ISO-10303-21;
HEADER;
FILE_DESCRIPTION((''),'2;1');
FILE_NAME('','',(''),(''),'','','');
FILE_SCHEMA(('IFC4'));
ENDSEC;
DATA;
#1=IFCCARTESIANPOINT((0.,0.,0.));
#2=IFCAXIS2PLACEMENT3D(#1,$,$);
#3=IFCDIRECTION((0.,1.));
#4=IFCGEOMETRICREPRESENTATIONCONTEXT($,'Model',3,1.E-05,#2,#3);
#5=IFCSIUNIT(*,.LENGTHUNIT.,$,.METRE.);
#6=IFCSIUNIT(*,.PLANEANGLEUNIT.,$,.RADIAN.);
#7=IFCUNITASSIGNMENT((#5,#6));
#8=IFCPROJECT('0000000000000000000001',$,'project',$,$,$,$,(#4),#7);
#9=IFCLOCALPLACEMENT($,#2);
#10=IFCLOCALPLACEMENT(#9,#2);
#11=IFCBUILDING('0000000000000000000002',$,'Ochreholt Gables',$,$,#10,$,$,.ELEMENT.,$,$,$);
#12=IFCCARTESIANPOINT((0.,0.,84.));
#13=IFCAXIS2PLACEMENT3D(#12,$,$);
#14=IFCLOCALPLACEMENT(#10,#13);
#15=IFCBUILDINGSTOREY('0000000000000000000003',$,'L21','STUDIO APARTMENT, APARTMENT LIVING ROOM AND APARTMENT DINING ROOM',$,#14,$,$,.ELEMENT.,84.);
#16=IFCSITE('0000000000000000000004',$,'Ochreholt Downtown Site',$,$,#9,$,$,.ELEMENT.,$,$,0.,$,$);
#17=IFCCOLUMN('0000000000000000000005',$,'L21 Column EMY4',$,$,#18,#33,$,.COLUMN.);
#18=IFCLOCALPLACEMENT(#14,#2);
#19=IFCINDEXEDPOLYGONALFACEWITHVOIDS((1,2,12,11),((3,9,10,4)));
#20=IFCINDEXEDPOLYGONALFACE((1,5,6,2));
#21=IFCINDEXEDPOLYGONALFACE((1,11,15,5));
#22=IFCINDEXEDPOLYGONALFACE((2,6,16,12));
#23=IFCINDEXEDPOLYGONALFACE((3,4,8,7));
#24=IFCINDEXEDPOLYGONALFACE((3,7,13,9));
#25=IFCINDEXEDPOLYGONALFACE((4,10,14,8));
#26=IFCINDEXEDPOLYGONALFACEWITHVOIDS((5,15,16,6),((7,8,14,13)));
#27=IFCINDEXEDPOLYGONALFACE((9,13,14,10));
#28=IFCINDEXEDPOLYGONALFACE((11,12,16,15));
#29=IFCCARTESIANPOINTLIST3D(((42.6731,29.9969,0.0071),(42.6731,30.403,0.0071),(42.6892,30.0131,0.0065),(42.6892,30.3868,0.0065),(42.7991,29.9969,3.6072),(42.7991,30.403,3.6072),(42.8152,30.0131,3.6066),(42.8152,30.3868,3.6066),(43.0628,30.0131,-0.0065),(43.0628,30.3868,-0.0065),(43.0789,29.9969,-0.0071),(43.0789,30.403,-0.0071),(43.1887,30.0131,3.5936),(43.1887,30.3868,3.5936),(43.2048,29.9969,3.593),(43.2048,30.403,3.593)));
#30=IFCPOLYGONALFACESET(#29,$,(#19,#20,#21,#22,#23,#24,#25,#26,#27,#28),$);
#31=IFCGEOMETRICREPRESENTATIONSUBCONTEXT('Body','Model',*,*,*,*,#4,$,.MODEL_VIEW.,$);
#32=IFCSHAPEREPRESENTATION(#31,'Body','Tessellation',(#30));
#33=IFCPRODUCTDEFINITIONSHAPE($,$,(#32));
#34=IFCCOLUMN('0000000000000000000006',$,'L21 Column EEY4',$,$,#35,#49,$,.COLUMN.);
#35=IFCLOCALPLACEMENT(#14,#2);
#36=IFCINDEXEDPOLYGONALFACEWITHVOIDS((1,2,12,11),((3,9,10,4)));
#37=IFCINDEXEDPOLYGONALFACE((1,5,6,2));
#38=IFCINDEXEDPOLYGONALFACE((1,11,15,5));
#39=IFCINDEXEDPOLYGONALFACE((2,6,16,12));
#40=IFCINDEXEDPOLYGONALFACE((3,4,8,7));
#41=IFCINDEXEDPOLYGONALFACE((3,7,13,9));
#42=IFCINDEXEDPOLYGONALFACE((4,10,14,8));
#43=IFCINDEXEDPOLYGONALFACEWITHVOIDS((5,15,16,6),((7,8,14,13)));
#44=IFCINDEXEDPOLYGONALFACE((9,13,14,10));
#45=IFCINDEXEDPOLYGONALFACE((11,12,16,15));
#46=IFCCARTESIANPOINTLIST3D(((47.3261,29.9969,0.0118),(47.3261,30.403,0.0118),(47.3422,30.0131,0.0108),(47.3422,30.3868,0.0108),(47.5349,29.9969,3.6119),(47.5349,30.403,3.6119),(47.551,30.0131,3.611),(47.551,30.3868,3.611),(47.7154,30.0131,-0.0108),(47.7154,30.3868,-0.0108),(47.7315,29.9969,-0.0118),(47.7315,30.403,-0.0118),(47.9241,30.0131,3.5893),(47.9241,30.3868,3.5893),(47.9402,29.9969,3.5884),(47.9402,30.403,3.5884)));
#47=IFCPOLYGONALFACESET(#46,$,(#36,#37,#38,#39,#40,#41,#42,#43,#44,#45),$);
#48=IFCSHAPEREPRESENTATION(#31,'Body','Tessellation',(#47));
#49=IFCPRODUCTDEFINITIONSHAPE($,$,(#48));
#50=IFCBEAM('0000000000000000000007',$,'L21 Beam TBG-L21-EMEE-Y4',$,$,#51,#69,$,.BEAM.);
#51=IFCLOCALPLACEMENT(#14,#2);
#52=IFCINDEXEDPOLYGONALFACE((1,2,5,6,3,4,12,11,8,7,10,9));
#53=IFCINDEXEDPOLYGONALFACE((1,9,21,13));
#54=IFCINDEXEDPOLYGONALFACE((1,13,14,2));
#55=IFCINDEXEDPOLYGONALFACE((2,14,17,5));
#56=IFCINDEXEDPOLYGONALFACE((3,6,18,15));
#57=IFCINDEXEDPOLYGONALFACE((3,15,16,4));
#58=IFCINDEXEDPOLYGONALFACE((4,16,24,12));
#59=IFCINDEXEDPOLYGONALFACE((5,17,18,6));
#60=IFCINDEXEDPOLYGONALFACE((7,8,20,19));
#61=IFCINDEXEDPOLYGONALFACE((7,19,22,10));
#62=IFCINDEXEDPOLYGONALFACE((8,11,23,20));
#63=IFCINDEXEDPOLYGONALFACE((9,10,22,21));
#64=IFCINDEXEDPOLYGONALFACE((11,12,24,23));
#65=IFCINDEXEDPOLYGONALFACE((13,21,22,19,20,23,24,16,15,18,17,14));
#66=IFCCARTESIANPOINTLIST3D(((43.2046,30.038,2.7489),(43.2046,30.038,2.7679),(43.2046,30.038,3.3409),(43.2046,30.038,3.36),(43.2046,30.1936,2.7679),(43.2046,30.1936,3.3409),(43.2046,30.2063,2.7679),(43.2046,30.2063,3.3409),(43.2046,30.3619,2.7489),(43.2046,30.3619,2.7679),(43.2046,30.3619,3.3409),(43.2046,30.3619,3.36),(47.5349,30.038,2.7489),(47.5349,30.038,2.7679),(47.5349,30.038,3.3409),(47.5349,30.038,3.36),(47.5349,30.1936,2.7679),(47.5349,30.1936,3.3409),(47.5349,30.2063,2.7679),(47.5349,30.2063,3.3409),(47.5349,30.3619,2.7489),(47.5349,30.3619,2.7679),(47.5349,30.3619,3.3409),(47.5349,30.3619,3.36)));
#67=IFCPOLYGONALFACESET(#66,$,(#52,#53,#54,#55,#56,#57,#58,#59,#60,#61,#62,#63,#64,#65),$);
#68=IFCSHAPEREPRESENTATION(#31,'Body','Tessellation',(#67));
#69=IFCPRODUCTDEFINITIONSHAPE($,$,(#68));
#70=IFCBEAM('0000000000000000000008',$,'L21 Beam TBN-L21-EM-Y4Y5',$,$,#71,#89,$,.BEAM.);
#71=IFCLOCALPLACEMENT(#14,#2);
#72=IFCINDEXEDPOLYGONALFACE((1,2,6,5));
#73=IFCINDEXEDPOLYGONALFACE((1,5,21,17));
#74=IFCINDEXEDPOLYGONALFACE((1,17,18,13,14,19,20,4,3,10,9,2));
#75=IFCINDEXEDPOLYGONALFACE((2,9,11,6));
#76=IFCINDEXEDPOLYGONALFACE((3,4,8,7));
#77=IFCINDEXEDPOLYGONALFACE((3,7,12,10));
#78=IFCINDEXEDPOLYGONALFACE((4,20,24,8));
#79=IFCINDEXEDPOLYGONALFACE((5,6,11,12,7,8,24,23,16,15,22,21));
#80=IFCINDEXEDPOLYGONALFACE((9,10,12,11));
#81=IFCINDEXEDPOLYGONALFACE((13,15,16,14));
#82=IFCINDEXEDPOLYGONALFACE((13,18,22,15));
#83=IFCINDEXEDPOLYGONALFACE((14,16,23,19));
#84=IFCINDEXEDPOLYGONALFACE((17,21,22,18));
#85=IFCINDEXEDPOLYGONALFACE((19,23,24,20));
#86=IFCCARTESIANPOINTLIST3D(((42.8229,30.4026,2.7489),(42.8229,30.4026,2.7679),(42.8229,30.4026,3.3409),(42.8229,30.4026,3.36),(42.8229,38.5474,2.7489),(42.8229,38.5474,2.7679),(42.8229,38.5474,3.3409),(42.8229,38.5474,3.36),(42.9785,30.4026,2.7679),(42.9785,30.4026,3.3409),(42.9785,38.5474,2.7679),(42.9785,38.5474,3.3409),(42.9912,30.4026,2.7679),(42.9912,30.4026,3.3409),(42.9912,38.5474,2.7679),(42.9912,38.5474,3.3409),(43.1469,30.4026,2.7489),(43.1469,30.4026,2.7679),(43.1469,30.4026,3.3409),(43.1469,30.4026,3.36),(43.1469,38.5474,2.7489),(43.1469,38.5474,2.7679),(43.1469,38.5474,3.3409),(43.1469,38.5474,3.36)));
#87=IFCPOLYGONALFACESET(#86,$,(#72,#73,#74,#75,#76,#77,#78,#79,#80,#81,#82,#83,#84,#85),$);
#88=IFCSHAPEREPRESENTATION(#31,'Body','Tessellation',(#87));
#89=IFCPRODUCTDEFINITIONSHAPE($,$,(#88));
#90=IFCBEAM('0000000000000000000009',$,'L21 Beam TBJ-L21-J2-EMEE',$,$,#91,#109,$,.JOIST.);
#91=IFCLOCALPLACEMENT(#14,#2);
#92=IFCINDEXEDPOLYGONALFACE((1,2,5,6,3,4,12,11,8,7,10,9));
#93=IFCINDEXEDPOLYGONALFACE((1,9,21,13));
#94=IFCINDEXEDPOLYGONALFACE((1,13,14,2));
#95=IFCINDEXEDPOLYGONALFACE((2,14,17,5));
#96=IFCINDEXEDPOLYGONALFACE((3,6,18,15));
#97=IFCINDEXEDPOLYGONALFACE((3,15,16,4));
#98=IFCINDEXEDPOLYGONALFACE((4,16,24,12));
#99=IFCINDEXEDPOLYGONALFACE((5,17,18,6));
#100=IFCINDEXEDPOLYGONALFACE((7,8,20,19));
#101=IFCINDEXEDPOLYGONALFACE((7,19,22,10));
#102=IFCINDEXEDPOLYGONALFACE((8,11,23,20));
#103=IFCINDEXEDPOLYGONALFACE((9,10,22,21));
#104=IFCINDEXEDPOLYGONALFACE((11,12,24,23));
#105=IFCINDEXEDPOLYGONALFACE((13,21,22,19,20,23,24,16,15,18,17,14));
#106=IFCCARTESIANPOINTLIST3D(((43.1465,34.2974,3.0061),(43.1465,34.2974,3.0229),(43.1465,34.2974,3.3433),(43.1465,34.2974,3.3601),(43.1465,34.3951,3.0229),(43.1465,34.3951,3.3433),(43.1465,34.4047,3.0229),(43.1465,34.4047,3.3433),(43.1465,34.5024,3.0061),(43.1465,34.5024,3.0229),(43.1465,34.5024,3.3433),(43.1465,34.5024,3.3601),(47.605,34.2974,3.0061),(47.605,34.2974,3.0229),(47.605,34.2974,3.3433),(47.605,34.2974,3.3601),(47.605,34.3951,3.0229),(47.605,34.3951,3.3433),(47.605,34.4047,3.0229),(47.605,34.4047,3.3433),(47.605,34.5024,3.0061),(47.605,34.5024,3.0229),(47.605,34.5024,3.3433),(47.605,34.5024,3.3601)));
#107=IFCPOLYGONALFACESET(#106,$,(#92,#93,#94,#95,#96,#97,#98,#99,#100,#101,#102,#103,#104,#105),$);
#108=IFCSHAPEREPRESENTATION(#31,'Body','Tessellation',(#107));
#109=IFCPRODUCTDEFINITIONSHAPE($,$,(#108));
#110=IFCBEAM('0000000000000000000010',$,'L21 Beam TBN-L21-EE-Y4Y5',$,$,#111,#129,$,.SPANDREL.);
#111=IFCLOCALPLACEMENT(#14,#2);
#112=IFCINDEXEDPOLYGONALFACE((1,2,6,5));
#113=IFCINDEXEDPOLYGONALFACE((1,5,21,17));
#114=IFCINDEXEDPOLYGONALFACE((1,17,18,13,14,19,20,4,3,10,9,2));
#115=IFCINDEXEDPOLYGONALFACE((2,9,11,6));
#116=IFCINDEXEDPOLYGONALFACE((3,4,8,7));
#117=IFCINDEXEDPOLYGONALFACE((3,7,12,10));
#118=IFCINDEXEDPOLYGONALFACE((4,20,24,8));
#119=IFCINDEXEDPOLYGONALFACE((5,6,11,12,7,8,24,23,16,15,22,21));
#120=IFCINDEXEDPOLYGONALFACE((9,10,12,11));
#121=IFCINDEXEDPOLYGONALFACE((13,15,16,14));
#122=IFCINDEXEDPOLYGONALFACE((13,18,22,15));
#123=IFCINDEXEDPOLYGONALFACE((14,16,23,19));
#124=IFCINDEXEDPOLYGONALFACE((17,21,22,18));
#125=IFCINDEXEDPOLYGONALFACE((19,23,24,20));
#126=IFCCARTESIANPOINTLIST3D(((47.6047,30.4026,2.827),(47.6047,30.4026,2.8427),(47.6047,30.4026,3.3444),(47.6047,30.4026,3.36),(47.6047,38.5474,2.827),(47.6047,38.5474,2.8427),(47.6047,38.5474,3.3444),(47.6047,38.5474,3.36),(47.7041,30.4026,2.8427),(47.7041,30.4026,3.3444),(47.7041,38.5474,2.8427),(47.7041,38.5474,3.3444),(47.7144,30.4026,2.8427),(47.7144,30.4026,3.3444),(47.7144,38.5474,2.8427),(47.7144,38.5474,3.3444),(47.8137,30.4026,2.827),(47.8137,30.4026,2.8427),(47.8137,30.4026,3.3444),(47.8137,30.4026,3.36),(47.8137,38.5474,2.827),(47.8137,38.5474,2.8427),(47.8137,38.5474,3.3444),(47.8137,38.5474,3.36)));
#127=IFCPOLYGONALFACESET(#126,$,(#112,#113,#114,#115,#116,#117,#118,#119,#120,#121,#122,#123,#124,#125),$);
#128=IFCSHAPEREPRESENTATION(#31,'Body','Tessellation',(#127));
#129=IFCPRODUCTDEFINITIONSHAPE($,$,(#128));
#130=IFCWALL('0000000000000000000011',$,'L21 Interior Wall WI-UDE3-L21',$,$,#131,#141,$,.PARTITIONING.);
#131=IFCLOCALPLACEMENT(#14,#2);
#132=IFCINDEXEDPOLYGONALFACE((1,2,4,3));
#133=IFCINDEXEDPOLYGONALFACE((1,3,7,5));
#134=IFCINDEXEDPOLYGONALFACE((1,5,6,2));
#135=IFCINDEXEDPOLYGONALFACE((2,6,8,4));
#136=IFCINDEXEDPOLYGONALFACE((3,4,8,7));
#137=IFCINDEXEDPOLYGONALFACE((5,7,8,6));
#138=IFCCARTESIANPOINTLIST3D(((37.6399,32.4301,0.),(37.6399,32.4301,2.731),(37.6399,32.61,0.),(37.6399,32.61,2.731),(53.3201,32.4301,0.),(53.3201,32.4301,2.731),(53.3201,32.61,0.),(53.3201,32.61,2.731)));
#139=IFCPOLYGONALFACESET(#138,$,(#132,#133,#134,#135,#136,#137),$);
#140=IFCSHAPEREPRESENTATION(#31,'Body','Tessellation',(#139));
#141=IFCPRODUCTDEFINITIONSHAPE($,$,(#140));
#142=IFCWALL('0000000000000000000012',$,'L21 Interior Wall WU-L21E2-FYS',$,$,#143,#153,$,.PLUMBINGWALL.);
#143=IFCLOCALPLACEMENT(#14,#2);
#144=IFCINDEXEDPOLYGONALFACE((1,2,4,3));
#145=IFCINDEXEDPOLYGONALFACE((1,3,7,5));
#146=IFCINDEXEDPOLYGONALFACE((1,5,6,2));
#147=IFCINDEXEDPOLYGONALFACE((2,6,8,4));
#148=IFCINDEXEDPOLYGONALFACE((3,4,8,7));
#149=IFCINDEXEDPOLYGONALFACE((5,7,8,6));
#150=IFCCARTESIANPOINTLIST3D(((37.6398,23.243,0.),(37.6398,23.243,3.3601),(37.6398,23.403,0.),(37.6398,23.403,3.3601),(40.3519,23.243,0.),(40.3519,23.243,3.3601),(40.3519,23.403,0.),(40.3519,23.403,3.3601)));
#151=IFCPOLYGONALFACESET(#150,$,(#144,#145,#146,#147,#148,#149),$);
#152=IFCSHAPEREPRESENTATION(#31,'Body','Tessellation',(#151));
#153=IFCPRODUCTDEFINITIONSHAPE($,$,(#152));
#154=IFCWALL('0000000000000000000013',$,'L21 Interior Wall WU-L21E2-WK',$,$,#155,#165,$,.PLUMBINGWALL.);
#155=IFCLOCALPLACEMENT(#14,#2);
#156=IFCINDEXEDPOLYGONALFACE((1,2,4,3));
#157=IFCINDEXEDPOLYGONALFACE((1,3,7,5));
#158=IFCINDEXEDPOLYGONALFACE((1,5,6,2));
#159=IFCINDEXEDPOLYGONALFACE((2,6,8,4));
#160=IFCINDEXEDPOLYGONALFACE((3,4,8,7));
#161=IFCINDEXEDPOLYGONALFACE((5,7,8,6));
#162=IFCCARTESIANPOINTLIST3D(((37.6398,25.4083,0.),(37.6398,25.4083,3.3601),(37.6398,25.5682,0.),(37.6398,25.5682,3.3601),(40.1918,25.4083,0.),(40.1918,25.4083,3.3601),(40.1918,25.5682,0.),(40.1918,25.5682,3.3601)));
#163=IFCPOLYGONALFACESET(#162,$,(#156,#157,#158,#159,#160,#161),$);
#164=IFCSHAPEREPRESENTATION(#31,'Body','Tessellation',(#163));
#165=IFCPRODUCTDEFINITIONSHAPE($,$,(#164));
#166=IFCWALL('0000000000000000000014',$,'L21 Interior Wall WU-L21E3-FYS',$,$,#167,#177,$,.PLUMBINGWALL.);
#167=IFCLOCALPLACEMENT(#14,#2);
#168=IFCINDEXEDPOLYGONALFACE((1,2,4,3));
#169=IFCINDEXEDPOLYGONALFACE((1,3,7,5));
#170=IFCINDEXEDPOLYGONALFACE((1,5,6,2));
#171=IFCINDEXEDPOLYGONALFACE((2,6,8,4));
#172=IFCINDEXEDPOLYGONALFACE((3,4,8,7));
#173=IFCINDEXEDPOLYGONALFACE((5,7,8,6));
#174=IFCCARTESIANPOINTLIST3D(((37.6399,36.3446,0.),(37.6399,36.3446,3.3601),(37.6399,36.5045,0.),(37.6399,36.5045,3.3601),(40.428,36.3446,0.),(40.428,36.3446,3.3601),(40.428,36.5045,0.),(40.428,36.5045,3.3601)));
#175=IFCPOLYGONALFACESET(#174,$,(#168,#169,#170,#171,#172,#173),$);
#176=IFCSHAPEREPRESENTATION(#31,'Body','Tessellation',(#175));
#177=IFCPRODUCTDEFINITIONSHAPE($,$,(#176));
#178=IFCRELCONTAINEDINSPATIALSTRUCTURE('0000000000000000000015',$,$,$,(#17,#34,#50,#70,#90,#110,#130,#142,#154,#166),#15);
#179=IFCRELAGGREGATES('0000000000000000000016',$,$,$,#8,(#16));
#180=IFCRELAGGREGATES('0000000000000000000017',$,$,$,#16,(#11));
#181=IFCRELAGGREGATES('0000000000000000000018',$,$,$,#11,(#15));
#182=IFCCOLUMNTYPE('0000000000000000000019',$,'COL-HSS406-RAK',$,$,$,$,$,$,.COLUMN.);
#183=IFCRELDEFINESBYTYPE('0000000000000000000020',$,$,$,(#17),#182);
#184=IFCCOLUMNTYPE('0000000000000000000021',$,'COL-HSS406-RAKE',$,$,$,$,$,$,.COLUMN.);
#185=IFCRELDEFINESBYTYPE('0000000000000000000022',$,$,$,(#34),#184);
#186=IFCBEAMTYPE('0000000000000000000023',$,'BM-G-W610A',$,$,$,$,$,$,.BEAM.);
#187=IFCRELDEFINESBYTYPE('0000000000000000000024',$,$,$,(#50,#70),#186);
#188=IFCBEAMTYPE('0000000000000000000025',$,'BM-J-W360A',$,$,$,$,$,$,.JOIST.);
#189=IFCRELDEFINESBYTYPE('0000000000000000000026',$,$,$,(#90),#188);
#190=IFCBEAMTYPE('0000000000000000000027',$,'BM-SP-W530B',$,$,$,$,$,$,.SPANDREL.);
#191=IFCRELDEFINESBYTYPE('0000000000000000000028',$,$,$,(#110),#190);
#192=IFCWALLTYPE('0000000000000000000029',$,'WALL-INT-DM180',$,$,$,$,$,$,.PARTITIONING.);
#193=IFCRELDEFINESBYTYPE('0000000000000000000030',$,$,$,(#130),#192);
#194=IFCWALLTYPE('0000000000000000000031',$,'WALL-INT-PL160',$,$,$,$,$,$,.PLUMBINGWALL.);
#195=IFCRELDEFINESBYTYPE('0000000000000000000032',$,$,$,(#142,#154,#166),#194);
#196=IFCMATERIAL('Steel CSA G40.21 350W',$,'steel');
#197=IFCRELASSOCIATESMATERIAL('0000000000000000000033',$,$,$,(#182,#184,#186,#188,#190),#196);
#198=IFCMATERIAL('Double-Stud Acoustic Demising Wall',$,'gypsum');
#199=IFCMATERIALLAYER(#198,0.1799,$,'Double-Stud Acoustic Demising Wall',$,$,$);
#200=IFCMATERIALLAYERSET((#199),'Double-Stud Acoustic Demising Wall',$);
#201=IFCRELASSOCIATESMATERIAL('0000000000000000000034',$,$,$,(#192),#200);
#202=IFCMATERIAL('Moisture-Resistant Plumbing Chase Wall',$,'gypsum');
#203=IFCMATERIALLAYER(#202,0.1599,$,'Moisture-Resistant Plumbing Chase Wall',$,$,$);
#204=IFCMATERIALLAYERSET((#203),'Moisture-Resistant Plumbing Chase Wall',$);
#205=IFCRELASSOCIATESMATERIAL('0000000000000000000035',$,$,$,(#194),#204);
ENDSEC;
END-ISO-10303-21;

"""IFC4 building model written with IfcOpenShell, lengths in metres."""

from ifc_helpers import new_model, si_unit, direction, frame, frame_2d, origin, origin_2d, place, context, subcontext, project, spatial, rectangle, hollow_rectangle, i_section, extrude, material, layer, layer_set, material_profile, profile_set, type_object, element, save


model = new_model("IFC4")

# Units and contexts
model_context = context("Model", 3, precision=1e-05, world=origin(), true_north=direction((0.0, 1.0)))
body_context = subcontext(model_context, "Body", "Model", "MODEL_VIEW")
ifc_project = project(units=[si_unit("LENGTHUNIT", "METRE"), si_unit("PLANEANGLEUNIT", "RADIAN")], contexts=[model_context])

# Site, building, storey
site_placement = place(None, origin())
site = spatial("IfcSite", under=ifc_project, at=site_placement, Name="Ochreholt Downtown Site", CompositionType="ELEMENT", RefElevation=0.0)
building_placement = place(site_placement, origin())
building = spatial("IfcBuilding", under=site, at=building_placement, Name="Ochreholt Gables", CompositionType="ELEMENT")
storey_placement = place(building_placement, frame((0.0, 0.0, 84.0)))
storey = spatial("IfcBuildingStorey", under=building, at=storey_placement, Name="L21", Description="STUDIO APARTMENT, APARTMENT LIVING ROOM AND APARTMENT DINING ROOM", CompositionType="ELEMENT", Elevation=84.0)

# Columns
ifc_material_1 = material(Name="Steel CSA G40.21 350W", Category="steel")
ifc_material_profile_1 = material_profile(ifc_material_1, hollow_rectangle(XDim=0.406, YDim=0.406, WallThickness=0.0161, at=origin_2d()), Name="HSS406X406X16")
ifc_profile_set_1 = profile_set([ifc_material_profile_1], Name="Steel CSA G40.21 350W")
column_type_1 = type_object("IfcColumnType", Name="COL-HSS406-RAK", PredefinedType="COLUMN", material=ifc_profile_set_1)
column_1_placement = place(storey_placement, frame((42.876, 30.2, 0.0), z_axis=(0.034971, 0.0, 0.999388), x_axis=(0.0, 1.0, 0.0)))
element("IfcColumn", 1, at=column_1_placement, inside=storey, type_object=column_type_1, Name="L21 Column EMY4", PredefinedType="COLUMN", context=body_context, shape_type="SweptSolid", body=[
    extrude(hollow_rectangle(XDim=0.406, YDim=0.406, WallThickness=0.0161, at=origin_2d()), origin(), (0.0, 0.0, 1.0), 3.6023),
])
ifc_material_profile_2 = material_profile(ifc_material_1, hollow_rectangle(XDim=0.406, YDim=0.406, WallThickness=0.0161, at=origin_2d()), Name="HSS406X406X16")
ifc_profile_set_2 = profile_set([ifc_material_profile_2], Name="Steel CSA G40.21 350W")
column_type_2 = type_object("IfcColumnType", Name="COL-HSS406-RAKE", PredefinedType="COLUMN", material=ifc_profile_set_2)
column_2_placement = place(storey_placement, frame((47.5288, 30.2, 0.0), z_axis=(0.057885, 0.0, 0.998323), x_axis=(0.0, 1.0, 0.0)))
element("IfcColumn", 2, at=column_2_placement, inside=storey, type_object=column_type_2, Name="L21 Column EEY4", PredefinedType="COLUMN", context=body_context, shape_type="SweptSolid", body=[
    extrude(hollow_rectangle(XDim=0.406, YDim=0.406, WallThickness=0.0161, at=origin_2d()), origin(), (0.0, 0.0, 1.0), 3.6062),
])

# Beams
ifc_material_profile_3 = material_profile(ifc_material_1, i_section(OverallWidth=0.324, OverallDepth=0.6111, WebThickness=0.0127, FlangeThickness=0.019, at=origin_2d()), Name="W610X155")
ifc_profile_set_3 = profile_set([ifc_material_profile_3], Name="Steel CSA G40.21 350W")
beam_type_1 = type_object("IfcBeamType", Name="BM-G-W610A", PredefinedType="BEAM", material=ifc_profile_set_3)
beam_1_placement = place(storey_placement, frame((43.2046, 30.2, 3.0544), z_axis=(1.0, 0.0, 0.0), x_axis=(0.0, 1.0, 0.0)))
element("IfcBeam", 3, at=beam_1_placement, inside=storey, type_object=beam_type_1, Name="L21 Beam TBG-L21-EMEE-Y4", PredefinedType="BEAM", context=body_context, shape_type="SweptSolid", body=[
    extrude(i_section(OverallWidth=0.324, OverallDepth=0.6111, WebThickness=0.0127, FlangeThickness=0.019, at=origin_2d()), origin(), (0.0, 0.0, 1.0), 4.3303),
])
beam_2_placement = place(storey_placement, frame((42.9849, 30.4026, 3.0544), z_axis=(0.0, 1.0, 0.0), x_axis=(-1.0, 0.0, 0.0)))
element("IfcBeam", 4, at=beam_2_placement, inside=storey, type_object=beam_type_1, Name="L21 Beam TBN-L21-EM-Y4Y5", PredefinedType="BEAM", context=body_context, shape_type="SweptSolid", body=[
    extrude(i_section(OverallWidth=0.324, OverallDepth=0.6111, WebThickness=0.0127, FlangeThickness=0.019, at=origin_2d()), origin(), (0.0, 0.0, 1.0), 8.1448),
])
ifc_material_profile_4 = material_profile(ifc_material_1, i_section(OverallWidth=0.2051, OverallDepth=0.354, WebThickness=0.0095, FlangeThickness=0.0168, at=origin_2d()), Name="W360X79")
ifc_profile_set_4 = profile_set([ifc_material_profile_4], Name="Steel CSA G40.21 350W")
beam_type_2 = type_object("IfcBeamType", Name="BM-J-W360A", PredefinedType="JOIST", material=ifc_profile_set_4)
beam_3_placement = place(storey_placement, frame((43.1465, 34.3999, 3.1831), z_axis=(1.0, 0.0, 0.0), x_axis=(0.0, 1.0, 0.0)))
element("IfcBeam", 5, at=beam_3_placement, inside=storey, type_object=beam_type_2, Name="L21 Beam TBJ-L21-J2-EMEE", PredefinedType="JOIST", context=body_context, shape_type="SweptSolid", body=[
    extrude(i_section(OverallWidth=0.2051, OverallDepth=0.354, WebThickness=0.0095, FlangeThickness=0.0168, at=origin_2d()), origin(), (0.0, 0.0, 1.0), 4.4585),
])
ifc_material_profile_5 = material_profile(ifc_material_1, i_section(OverallWidth=0.209, OverallDepth=0.533, WebThickness=0.0103, FlangeThickness=0.0156, at=origin_2d()), Name="W530X92")
ifc_profile_set_5 = profile_set([ifc_material_profile_5], Name="Steel CSA G40.21 350W")
beam_type_3 = type_object("IfcBeamType", Name="BM-SP-W530B", PredefinedType="SPANDREL", material=ifc_profile_set_5)
beam_4_placement = place(storey_placement, frame((47.7092, 30.4026, 3.0935), z_axis=(0.0, 1.0, 0.0), x_axis=(-1.0, 0.0, 0.0)))
element("IfcBeam", 6, at=beam_4_placement, inside=storey, type_object=beam_type_3, Name="L21 Beam TBN-L21-EE-Y4Y5", PredefinedType="SPANDREL", context=body_context, shape_type="SweptSolid", body=[
    extrude(i_section(OverallWidth=0.209, OverallDepth=0.533, WebThickness=0.0103, FlangeThickness=0.0156, at=origin_2d()), origin(), (0.0, 0.0, 1.0), 8.1448),
])

# Walls
ifc_material_2 = material(Name="Double-Stud Acoustic Demising Wall", Category="gypsum")
ifc_layer_1 = layer(ifc_material_2, 0.1799, Name="Double-Stud Acoustic Demising Wall")
ifc_layer_set_1 = layer_set([ifc_layer_1], Name="Double-Stud Acoustic Demising Wall")
wall_type_1 = type_object("IfcWallType", Name="WALL-INT-DM180", PredefinedType="PARTITIONING", material=ifc_layer_set_1)
wall_1_placement = place(storey_placement, frame((37.6399, 32.52, 0.0), z_axis=(0.0, 0.0, 1.0), x_axis=(1.0, 0.0, 0.0)))
element("IfcWall", 7, at=wall_1_placement, inside=storey, type_object=wall_type_1, Name="L21 Interior Wall WI-UDE3-L21", PredefinedType="PARTITIONING", context=body_context, shape_type="SweptSolid", body=[
    extrude(rectangle(XDim=15.6802, YDim=0.1799, at=frame_2d((7.8401, 0.0))), origin(), (0.0, 0.0, 1.0), 2.731),
])
ifc_material_3 = material(Name="Moisture-Resistant Plumbing Chase Wall", Category="gypsum")
ifc_layer_2 = layer(ifc_material_3, 0.1599, Name="Moisture-Resistant Plumbing Chase Wall")
ifc_layer_set_2 = layer_set([ifc_layer_2], Name="Moisture-Resistant Plumbing Chase Wall")
wall_type_2 = type_object("IfcWallType", Name="WALL-INT-PL160", PredefinedType="PLUMBINGWALL", material=ifc_layer_set_2)
wall_2_placement = place(storey_placement, frame((37.6399, 23.323, 0.0), z_axis=(0.0, 0.0, 1.0), x_axis=(1.0, 0.0, 0.0)))
element("IfcWall", 8, at=wall_2_placement, inside=storey, type_object=wall_type_2, Name="L21 Interior Wall WU-L21E2-FYS", PredefinedType="PLUMBINGWALL", context=body_context, shape_type="SweptSolid", body=[
    extrude(rectangle(XDim=2.7122, YDim=0.1599, at=frame_2d((1.356, 0.0))), origin(), (0.0, 0.0, 1.0), 3.3601),
])

# Walls
wall_3_placement = place(storey_placement, frame((37.6399, 25.4883, 0.0), z_axis=(0.0, 0.0, 1.0), x_axis=(1.0, 0.0, 0.0)))
element("IfcWall", 9, at=wall_3_placement, inside=storey, type_object=wall_type_2, Name="L21 Interior Wall WU-L21E2-WK", PredefinedType="PLUMBINGWALL", context=body_context, shape_type="SweptSolid", body=[
    extrude(rectangle(XDim=2.552, YDim=0.1599, at=frame_2d((1.2759, 0.0))), origin(), (0.0, 0.0, 1.0), 3.3601),
])
wall_4_placement = place(storey_placement, frame((37.6399, 36.4246, 0.0), z_axis=(0.0, 0.0, 1.0), x_axis=(1.0, 0.0, 0.0)))
element("IfcWall", 10, at=wall_4_placement, inside=storey, type_object=wall_type_2, Name="L21 Interior Wall WU-L21E3-FYS", PredefinedType="PLUMBINGWALL", context=body_context, shape_type="SweptSolid", body=[
    extrude(rectangle(XDim=2.7881, YDim=0.1599, at=frame_2d((1.394, 0.0))), origin(), (0.0, 0.0, 1.0), 3.3601),
])

save(model, "model.ifc")
